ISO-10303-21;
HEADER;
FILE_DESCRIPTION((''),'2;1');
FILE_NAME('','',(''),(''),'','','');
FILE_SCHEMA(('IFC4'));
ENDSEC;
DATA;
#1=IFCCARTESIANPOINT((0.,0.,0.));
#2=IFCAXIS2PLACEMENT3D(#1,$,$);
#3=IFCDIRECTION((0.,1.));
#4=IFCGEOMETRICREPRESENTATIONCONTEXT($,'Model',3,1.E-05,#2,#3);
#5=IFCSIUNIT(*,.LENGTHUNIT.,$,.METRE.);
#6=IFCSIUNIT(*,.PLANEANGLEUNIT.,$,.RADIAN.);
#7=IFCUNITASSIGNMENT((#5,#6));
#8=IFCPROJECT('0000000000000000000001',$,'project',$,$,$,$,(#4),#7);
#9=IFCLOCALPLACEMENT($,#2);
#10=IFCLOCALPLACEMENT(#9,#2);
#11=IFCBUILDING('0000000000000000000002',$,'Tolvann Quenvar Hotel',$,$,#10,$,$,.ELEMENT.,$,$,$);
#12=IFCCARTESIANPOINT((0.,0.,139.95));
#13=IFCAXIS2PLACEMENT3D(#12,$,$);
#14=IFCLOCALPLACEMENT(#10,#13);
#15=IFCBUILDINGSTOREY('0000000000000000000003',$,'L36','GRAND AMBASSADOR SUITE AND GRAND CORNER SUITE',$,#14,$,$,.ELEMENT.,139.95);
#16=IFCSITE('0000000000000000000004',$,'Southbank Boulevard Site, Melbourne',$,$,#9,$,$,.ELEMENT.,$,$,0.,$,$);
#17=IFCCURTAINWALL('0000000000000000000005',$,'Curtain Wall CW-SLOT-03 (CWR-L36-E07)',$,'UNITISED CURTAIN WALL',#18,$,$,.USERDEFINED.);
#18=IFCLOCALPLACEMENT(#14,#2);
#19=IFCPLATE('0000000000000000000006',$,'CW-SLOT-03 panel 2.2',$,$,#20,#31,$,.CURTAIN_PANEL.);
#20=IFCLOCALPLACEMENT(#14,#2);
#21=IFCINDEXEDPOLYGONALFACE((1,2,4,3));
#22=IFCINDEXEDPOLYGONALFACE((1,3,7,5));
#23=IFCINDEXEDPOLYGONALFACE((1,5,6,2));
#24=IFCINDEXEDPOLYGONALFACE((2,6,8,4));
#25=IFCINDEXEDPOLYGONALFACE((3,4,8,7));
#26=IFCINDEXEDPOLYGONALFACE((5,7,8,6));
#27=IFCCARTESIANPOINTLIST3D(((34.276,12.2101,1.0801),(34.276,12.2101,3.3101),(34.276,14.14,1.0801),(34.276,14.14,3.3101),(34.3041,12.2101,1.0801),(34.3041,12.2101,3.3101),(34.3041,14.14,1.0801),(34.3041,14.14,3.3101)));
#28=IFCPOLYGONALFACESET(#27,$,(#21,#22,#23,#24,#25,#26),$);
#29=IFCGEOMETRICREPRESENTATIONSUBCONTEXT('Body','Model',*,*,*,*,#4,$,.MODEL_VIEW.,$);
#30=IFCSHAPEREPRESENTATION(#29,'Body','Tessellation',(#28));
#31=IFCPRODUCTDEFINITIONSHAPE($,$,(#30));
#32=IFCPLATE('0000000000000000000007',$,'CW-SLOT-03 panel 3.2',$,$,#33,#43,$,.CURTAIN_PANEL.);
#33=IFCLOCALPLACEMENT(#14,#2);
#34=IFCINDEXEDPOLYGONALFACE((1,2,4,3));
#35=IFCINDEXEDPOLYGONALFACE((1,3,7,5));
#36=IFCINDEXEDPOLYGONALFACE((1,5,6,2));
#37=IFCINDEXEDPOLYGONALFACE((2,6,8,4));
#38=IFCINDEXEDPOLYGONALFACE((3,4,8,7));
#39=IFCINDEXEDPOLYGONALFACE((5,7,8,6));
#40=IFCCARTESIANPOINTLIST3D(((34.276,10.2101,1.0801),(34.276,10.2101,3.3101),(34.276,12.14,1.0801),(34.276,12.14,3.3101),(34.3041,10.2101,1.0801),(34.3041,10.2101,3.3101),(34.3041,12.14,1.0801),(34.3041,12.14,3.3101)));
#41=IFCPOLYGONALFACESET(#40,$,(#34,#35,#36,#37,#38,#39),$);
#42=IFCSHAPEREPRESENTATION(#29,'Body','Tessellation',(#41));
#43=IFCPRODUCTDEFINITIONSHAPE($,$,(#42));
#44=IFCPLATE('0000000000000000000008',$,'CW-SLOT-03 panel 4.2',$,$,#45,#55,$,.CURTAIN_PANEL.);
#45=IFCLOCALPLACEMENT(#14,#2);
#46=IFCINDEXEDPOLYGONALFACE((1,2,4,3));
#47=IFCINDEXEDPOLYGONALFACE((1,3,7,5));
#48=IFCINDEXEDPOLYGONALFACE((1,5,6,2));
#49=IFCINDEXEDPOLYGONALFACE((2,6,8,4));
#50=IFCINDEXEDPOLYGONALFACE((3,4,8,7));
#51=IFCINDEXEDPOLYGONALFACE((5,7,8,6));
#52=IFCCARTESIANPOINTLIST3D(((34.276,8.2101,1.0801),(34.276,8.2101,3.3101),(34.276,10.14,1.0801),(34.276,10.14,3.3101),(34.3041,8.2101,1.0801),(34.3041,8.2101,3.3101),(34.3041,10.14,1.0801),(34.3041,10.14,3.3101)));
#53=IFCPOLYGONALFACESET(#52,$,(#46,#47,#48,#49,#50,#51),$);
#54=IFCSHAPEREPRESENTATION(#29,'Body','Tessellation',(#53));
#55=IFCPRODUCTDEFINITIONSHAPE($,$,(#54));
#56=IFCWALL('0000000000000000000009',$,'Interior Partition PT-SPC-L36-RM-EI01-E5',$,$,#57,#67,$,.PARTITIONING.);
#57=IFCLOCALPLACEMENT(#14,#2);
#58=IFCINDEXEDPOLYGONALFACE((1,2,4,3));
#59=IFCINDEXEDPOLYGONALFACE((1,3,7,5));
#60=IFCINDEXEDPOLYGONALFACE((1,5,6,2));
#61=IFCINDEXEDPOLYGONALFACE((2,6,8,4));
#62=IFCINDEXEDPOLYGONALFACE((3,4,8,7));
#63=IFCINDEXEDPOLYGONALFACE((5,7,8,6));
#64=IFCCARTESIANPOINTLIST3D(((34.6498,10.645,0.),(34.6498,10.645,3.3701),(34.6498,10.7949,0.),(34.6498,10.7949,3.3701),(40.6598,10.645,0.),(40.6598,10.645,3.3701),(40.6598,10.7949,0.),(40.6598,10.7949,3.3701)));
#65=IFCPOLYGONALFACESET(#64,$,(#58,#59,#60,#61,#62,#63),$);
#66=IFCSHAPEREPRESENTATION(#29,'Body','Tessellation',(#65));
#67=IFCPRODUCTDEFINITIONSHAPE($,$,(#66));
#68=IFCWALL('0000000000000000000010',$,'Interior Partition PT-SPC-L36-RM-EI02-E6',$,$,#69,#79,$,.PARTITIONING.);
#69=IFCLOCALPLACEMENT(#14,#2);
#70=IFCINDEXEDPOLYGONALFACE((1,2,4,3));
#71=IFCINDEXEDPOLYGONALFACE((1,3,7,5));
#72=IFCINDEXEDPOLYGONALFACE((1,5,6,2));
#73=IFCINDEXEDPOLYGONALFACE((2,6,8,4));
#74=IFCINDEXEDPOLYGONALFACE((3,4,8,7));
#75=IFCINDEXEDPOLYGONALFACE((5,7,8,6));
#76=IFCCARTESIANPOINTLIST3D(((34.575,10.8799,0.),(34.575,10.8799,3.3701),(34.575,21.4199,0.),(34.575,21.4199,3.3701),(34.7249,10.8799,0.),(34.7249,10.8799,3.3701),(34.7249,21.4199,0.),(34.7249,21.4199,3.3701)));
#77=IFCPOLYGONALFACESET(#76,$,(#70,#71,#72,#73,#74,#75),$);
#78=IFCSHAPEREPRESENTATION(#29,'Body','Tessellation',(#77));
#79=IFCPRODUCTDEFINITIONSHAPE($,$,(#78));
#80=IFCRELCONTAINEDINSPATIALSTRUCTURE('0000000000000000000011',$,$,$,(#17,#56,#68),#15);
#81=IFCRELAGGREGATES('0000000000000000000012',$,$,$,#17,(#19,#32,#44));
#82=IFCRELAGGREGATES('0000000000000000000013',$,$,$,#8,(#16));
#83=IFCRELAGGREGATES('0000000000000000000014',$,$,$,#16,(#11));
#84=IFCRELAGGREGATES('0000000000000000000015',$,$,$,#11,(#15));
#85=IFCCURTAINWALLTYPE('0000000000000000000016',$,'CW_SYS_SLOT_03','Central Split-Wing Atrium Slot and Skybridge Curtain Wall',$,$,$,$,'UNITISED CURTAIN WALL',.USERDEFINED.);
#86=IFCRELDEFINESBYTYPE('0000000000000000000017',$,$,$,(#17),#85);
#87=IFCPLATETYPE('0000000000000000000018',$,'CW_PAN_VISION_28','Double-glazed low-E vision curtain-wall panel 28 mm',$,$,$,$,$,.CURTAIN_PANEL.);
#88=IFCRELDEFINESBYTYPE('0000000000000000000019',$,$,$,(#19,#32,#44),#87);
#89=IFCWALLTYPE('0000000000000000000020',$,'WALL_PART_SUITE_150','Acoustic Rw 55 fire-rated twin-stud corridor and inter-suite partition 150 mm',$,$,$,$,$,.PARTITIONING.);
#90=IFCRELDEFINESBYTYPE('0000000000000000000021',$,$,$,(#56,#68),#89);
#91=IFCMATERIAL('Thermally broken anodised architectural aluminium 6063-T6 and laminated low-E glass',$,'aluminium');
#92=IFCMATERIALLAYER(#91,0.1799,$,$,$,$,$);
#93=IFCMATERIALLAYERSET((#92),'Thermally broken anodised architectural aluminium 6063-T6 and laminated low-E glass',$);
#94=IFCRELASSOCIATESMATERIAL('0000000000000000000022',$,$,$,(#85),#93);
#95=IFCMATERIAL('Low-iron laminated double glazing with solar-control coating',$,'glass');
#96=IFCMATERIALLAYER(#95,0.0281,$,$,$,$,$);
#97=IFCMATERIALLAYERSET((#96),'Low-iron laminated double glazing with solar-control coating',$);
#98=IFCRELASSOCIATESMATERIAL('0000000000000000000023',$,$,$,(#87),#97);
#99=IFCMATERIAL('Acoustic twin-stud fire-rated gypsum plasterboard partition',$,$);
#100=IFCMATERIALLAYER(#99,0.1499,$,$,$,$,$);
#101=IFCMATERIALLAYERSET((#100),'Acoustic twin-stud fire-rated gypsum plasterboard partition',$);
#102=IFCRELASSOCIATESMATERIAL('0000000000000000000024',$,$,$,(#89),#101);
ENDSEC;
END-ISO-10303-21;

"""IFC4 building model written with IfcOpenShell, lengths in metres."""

from ifc_helpers import new_model, si_unit, direction, frame, frame_2d, origin, origin_2d, place, context, subcontext, project, spatial, rectangle, extrude, source, transform, mapped, material, layer, layer_set, type_object, element, aggregate, save


model = new_model("IFC4")

# Units and contexts
model_context = context("Model", 3, precision=1e-05, world=origin(), true_north=direction((0.0, 1.0)))
body_context = subcontext(model_context, "Body", "Model", "MODEL_VIEW")
ifc_project = project(units=[si_unit("LENGTHUNIT", "METRE"), si_unit("PLANEANGLEUNIT", "RADIAN")], contexts=[model_context])

# Site, building, storey
site_placement = place(None, origin())
site = spatial("IfcSite", under=ifc_project, at=site_placement, Name="Southbank Boulevard Site, Melbourne", CompositionType="ELEMENT", RefElevation=0.0)
building_placement = place(site_placement, origin())
building = spatial("IfcBuilding", under=site, at=building_placement, Name="Tolvann Quenvar Hotel", CompositionType="ELEMENT")
storey_placement = place(building_placement, frame((0.0, 0.0, 139.95)))
storey = spatial("IfcBuildingStorey", under=building, at=storey_placement, Name="L36", Description="GRAND AMBASSADOR SUITE AND GRAND CORNER SUITE", CompositionType="ELEMENT", Elevation=139.95)

# Curtain wall
ifc_material_1 = material(Name="Thermally broken anodised architectural aluminium 6063-T6 and laminated low-E glass", Category="aluminium")
ifc_layer_1 = layer(ifc_material_1, 0.1799)
ifc_layer_set_1 = layer_set([ifc_layer_1], Name="Thermally broken anodised architectural aluminium 6063-T6 and laminated low-E glass")
curtain_wall_type = type_object("IfcCurtainWallType", Name="CW_SYS_SLOT_03", Description="Central Split-Wing Atrium Slot and Skybridge Curtain Wall", ElementType="UNITISED CURTAIN WALL", PredefinedType="USERDEFINED", material=ifc_layer_set_1)
curtain_wall_1_placement = place(storey_placement, origin())
curtain_wall_1 = element("IfcCurtainWall", 1, at=curtain_wall_1_placement, inside=storey, type_object=curtain_wall_type, Name="Curtain Wall CW-SLOT-03 (CWR-L36-E07)", ObjectType="UNITISED CURTAIN WALL", PredefinedType="USERDEFINED")

# Shared definitions
ifc_material_2 = material(Name="Low-iron laminated double glazing with solar-control coating", Category="glass")
ifc_layer_2 = layer(ifc_material_2, 0.0281)
ifc_layer_set_2 = layer_set([ifc_layer_2], Name="Low-iron laminated double glazing with solar-control coating")
plate_type = type_object("IfcPlateType", Name="CW_PAN_VISION_28", Description="Double-glazed low-E vision curtain-wall panel 28 mm", PredefinedType="CURTAIN_PANEL", material=ifc_layer_set_2)

# Plates
shared_shape_1 = source(origin(), body_context, "Body", "SweptSolid", [
    extrude(rectangle(XDim=1.9299, YDim=0.0281, at=origin_2d()), origin(), (0.0, 0.0, 1.0), 2.23),
])
plate_1_placement = place(storey_placement, frame((34.29, 13.175, 1.0801), z_axis=(0.0, 0.0, 1.0), x_axis=(0.0, -1.0, 0.0)))
plate_1 = element("IfcPlate", 2, at=plate_1_placement, type_object=plate_type, Name="CW-SLOT-03 panel 2.2", PredefinedType="CURTAIN_PANEL", context=body_context, shape_type="MappedRepresentation", body=[
    mapped(shared_shape_1, transform((0.0, 0.0, 0.0), x_axis=(1.0, 0.0, 0.0), y_axis=(0.0, 1.0, 0.0), z_axis=(0.0, 0.0, 1.0), scale=1.0)),
])
plate_2_placement = place(storey_placement, frame((34.29, 11.175, 1.0801), z_axis=(0.0, 0.0, 1.0), x_axis=(0.0, -1.0, 0.0)))
plate_2 = element("IfcPlate", 3, at=plate_2_placement, type_object=plate_type, Name="CW-SLOT-03 panel 3.2", PredefinedType="CURTAIN_PANEL", context=body_context, shape_type="MappedRepresentation", body=[
    mapped(shared_shape_1, transform((0.0, 0.0, 0.0), x_axis=(1.0, 0.0, 0.0), y_axis=(0.0, 1.0, 0.0), z_axis=(0.0, 0.0, 1.0), scale=1.0)),
])
plate_3_placement = place(storey_placement, frame((34.29, 9.175, 1.0801), z_axis=(0.0, 0.0, 1.0), x_axis=(0.0, -1.0, 0.0)))
plate_3 = element("IfcPlate", 4, at=plate_3_placement, type_object=plate_type, Name="CW-SLOT-03 panel 4.2", PredefinedType="CURTAIN_PANEL", context=body_context, shape_type="MappedRepresentation", body=[
    mapped(shared_shape_1, transform((0.0, 0.0, 0.0), x_axis=(1.0, 0.0, 0.0), y_axis=(0.0, 1.0, 0.0), z_axis=(0.0, 0.0, 1.0), scale=1.0)),
])
aggregate(curtain_wall_1, [plate_1, plate_2, plate_3])

# Walls
ifc_material_3 = material(Name="Acoustic twin-stud fire-rated gypsum plasterboard partition")
ifc_layer_3 = layer(ifc_material_3, 0.1499)
ifc_layer_set_3 = layer_set([ifc_layer_3], Name="Acoustic twin-stud fire-rated gypsum plasterboard partition")
wall_type = type_object("IfcWallType", Name="WALL_PART_SUITE_150", Description="Acoustic Rw 55 fire-rated twin-stud corridor and inter-suite partition 150 mm", PredefinedType="PARTITIONING", material=ifc_layer_set_3)
wall_1_placement = place(storey_placement, frame((34.6499, 10.72, 0.0), z_axis=(0.0, 0.0, 1.0), x_axis=(1.0, 0.0, 0.0)))
element("IfcWall", 5, at=wall_1_placement, inside=storey, type_object=wall_type, Name="Interior Partition PT-SPC-L36-RM-EI01-E5", PredefinedType="PARTITIONING", context=body_context, shape_type="SweptSolid", body=[
    extrude(rectangle(XDim=6.01, YDim=0.1499, at=frame_2d((3.0049, 0.0))), origin(), (0.0, 0.0, 1.0), 3.3701),
])
wall_2_placement = place(storey_placement, frame((34.6499, 10.8799, 0.0), z_axis=(0.0, 0.0, 1.0), x_axis=(0.0, 1.0, 0.0)))
element("IfcWall", 6, at=wall_2_placement, inside=storey, type_object=wall_type, Name="Interior Partition PT-SPC-L36-RM-EI02-E6", PredefinedType="PARTITIONING", context=body_context, shape_type="SweptSolid", body=[
    extrude(rectangle(XDim=10.54, YDim=0.1499, at=frame_2d((5.27, 0.0))), origin(), (0.0, 0.0, 1.0), 3.3701),
])

save(model, "model.ifc")
